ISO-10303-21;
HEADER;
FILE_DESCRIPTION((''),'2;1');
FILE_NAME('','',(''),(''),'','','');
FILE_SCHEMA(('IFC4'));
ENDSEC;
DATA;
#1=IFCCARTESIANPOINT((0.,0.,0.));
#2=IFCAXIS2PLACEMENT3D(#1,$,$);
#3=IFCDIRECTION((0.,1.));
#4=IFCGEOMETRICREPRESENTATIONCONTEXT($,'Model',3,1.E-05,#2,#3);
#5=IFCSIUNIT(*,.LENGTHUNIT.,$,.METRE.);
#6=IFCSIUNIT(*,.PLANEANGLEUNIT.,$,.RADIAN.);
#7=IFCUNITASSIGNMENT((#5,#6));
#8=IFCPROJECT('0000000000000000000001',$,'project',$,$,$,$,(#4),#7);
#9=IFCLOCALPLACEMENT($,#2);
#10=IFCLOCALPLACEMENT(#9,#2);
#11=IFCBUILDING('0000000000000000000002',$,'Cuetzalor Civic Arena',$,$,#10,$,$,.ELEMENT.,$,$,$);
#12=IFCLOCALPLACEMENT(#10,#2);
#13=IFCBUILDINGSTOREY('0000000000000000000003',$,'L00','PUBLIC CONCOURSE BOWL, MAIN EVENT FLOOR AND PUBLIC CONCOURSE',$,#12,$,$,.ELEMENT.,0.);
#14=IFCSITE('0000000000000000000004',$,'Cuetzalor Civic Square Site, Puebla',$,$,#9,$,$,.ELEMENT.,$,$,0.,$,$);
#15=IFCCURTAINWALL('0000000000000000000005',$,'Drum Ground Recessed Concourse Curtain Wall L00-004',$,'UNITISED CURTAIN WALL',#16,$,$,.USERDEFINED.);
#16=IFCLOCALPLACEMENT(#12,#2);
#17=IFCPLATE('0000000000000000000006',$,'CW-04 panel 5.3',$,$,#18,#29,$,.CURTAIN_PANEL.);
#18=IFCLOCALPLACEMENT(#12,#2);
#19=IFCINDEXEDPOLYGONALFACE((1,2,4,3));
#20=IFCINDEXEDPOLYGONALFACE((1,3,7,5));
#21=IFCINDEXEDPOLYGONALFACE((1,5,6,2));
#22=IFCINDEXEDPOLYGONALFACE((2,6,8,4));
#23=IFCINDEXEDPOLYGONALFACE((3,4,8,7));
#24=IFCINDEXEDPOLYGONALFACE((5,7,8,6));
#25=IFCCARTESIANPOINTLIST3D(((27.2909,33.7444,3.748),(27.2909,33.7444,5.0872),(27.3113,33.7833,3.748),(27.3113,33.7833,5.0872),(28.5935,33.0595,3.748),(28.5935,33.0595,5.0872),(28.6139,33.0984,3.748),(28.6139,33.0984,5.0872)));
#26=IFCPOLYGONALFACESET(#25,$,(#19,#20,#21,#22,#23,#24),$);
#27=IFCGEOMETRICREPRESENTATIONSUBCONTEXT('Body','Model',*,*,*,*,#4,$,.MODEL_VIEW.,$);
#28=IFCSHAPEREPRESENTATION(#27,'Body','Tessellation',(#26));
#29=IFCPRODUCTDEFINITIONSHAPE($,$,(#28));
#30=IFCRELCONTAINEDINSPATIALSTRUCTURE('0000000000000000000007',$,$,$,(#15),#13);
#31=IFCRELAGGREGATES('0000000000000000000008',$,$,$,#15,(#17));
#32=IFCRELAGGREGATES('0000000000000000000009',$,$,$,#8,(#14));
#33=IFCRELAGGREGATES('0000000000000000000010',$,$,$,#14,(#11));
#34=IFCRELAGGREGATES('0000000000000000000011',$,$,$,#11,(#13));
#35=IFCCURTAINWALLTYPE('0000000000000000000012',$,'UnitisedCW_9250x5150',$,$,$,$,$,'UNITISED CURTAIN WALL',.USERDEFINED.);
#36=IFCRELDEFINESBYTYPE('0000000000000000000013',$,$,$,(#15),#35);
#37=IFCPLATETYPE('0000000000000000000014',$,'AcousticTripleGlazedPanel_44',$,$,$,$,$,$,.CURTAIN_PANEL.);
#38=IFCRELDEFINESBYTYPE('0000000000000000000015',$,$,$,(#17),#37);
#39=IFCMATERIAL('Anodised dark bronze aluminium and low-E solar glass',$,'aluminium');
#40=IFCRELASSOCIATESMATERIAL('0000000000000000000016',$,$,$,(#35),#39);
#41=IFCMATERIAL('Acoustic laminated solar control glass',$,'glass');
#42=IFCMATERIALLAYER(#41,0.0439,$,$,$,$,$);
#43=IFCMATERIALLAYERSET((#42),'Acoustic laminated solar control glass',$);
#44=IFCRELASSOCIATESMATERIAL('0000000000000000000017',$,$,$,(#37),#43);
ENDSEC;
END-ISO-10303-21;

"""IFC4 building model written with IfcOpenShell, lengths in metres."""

from ifc_helpers import new_model, si_unit, direction, frame, origin, origin_2d, place, context, subcontext, project, spatial, rectangle, extrude, material, layer, layer_set, type_object, element, aggregate, save


model = new_model("IFC4")

# Units and contexts
model_context = context("Model", 3, precision=1e-05, world=origin(), true_north=direction((0.0, 1.0)))
body_context = subcontext(model_context, "Body", "Model", "MODEL_VIEW")
ifc_project = project(units=[si_unit("LENGTHUNIT", "METRE"), si_unit("PLANEANGLEUNIT", "RADIAN")], contexts=[model_context])

# Site, building, storey
site_placement = place(None, origin())
site = spatial("IfcSite", under=ifc_project, at=site_placement, Name="Cuetzalor Civic Square Site, Puebla", CompositionType="ELEMENT", RefElevation=0.0)
building_placement = place(site_placement, origin())
building = spatial("IfcBuilding", under=site, at=building_placement, Name="Cuetzalor Civic Arena", CompositionType="ELEMENT")
storey_placement = place(building_placement, origin())
storey = spatial("IfcBuildingStorey", under=building, at=storey_placement, Name="L00", Description="PUBLIC CONCOURSE BOWL, MAIN EVENT FLOOR AND PUBLIC CONCOURSE", CompositionType="ELEMENT", Elevation=0.0)

# Curtain wall
ifc_material_1 = material(Name="Anodised dark bronze aluminium and low-E solar glass", Category="aluminium")
curtain_wall_type = type_object("IfcCurtainWallType", Name="UnitisedCW_9250x5150", ElementType="UNITISED CURTAIN WALL", PredefinedType="USERDEFINED", material=ifc_material_1)
curtain_wall_placement = place(storey_placement, origin())
curtain_wall = element("IfcCurtainWall", 1, at=curtain_wall_placement, inside=storey, type_object=curtain_wall_type, Name="Drum Ground Recessed Concourse Curtain Wall L00-004", ObjectType="UNITISED CURTAIN WALL", PredefinedType="USERDEFINED")

# Plate
ifc_material_2 = material(Name="Acoustic laminated solar control glass", Category="glass")
ifc_layer = layer(ifc_material_2, 0.0439)
ifc_layer_set = layer_set([ifc_layer], Name="Acoustic laminated solar control glass")
plate_type = type_object("IfcPlateType", Name="AcousticTripleGlazedPanel_44", PredefinedType="CURTAIN_PANEL", material=ifc_layer_set)
plate_1_placement = place(storey_placement, frame((27.9524, 33.4214, 3.748), z_axis=(0.0, 0.0, 1.0), x_axis=(0.885118, -0.465366, 0.0)))
plate_1 = element("IfcPlate", 2, at=plate_1_placement, type_object=plate_type, Name="CW-04 panel 5.3", PredefinedType="CURTAIN_PANEL", context=body_context, shape_type="SweptSolid", body=[
    extrude(rectangle(XDim=1.4717, YDim=0.0439, at=origin_2d()), origin(), (0.0, 0.0, 1.0), 1.3391),
])
aggregate(curtain_wall, [plate_1])

save(model, "model.ifc")
